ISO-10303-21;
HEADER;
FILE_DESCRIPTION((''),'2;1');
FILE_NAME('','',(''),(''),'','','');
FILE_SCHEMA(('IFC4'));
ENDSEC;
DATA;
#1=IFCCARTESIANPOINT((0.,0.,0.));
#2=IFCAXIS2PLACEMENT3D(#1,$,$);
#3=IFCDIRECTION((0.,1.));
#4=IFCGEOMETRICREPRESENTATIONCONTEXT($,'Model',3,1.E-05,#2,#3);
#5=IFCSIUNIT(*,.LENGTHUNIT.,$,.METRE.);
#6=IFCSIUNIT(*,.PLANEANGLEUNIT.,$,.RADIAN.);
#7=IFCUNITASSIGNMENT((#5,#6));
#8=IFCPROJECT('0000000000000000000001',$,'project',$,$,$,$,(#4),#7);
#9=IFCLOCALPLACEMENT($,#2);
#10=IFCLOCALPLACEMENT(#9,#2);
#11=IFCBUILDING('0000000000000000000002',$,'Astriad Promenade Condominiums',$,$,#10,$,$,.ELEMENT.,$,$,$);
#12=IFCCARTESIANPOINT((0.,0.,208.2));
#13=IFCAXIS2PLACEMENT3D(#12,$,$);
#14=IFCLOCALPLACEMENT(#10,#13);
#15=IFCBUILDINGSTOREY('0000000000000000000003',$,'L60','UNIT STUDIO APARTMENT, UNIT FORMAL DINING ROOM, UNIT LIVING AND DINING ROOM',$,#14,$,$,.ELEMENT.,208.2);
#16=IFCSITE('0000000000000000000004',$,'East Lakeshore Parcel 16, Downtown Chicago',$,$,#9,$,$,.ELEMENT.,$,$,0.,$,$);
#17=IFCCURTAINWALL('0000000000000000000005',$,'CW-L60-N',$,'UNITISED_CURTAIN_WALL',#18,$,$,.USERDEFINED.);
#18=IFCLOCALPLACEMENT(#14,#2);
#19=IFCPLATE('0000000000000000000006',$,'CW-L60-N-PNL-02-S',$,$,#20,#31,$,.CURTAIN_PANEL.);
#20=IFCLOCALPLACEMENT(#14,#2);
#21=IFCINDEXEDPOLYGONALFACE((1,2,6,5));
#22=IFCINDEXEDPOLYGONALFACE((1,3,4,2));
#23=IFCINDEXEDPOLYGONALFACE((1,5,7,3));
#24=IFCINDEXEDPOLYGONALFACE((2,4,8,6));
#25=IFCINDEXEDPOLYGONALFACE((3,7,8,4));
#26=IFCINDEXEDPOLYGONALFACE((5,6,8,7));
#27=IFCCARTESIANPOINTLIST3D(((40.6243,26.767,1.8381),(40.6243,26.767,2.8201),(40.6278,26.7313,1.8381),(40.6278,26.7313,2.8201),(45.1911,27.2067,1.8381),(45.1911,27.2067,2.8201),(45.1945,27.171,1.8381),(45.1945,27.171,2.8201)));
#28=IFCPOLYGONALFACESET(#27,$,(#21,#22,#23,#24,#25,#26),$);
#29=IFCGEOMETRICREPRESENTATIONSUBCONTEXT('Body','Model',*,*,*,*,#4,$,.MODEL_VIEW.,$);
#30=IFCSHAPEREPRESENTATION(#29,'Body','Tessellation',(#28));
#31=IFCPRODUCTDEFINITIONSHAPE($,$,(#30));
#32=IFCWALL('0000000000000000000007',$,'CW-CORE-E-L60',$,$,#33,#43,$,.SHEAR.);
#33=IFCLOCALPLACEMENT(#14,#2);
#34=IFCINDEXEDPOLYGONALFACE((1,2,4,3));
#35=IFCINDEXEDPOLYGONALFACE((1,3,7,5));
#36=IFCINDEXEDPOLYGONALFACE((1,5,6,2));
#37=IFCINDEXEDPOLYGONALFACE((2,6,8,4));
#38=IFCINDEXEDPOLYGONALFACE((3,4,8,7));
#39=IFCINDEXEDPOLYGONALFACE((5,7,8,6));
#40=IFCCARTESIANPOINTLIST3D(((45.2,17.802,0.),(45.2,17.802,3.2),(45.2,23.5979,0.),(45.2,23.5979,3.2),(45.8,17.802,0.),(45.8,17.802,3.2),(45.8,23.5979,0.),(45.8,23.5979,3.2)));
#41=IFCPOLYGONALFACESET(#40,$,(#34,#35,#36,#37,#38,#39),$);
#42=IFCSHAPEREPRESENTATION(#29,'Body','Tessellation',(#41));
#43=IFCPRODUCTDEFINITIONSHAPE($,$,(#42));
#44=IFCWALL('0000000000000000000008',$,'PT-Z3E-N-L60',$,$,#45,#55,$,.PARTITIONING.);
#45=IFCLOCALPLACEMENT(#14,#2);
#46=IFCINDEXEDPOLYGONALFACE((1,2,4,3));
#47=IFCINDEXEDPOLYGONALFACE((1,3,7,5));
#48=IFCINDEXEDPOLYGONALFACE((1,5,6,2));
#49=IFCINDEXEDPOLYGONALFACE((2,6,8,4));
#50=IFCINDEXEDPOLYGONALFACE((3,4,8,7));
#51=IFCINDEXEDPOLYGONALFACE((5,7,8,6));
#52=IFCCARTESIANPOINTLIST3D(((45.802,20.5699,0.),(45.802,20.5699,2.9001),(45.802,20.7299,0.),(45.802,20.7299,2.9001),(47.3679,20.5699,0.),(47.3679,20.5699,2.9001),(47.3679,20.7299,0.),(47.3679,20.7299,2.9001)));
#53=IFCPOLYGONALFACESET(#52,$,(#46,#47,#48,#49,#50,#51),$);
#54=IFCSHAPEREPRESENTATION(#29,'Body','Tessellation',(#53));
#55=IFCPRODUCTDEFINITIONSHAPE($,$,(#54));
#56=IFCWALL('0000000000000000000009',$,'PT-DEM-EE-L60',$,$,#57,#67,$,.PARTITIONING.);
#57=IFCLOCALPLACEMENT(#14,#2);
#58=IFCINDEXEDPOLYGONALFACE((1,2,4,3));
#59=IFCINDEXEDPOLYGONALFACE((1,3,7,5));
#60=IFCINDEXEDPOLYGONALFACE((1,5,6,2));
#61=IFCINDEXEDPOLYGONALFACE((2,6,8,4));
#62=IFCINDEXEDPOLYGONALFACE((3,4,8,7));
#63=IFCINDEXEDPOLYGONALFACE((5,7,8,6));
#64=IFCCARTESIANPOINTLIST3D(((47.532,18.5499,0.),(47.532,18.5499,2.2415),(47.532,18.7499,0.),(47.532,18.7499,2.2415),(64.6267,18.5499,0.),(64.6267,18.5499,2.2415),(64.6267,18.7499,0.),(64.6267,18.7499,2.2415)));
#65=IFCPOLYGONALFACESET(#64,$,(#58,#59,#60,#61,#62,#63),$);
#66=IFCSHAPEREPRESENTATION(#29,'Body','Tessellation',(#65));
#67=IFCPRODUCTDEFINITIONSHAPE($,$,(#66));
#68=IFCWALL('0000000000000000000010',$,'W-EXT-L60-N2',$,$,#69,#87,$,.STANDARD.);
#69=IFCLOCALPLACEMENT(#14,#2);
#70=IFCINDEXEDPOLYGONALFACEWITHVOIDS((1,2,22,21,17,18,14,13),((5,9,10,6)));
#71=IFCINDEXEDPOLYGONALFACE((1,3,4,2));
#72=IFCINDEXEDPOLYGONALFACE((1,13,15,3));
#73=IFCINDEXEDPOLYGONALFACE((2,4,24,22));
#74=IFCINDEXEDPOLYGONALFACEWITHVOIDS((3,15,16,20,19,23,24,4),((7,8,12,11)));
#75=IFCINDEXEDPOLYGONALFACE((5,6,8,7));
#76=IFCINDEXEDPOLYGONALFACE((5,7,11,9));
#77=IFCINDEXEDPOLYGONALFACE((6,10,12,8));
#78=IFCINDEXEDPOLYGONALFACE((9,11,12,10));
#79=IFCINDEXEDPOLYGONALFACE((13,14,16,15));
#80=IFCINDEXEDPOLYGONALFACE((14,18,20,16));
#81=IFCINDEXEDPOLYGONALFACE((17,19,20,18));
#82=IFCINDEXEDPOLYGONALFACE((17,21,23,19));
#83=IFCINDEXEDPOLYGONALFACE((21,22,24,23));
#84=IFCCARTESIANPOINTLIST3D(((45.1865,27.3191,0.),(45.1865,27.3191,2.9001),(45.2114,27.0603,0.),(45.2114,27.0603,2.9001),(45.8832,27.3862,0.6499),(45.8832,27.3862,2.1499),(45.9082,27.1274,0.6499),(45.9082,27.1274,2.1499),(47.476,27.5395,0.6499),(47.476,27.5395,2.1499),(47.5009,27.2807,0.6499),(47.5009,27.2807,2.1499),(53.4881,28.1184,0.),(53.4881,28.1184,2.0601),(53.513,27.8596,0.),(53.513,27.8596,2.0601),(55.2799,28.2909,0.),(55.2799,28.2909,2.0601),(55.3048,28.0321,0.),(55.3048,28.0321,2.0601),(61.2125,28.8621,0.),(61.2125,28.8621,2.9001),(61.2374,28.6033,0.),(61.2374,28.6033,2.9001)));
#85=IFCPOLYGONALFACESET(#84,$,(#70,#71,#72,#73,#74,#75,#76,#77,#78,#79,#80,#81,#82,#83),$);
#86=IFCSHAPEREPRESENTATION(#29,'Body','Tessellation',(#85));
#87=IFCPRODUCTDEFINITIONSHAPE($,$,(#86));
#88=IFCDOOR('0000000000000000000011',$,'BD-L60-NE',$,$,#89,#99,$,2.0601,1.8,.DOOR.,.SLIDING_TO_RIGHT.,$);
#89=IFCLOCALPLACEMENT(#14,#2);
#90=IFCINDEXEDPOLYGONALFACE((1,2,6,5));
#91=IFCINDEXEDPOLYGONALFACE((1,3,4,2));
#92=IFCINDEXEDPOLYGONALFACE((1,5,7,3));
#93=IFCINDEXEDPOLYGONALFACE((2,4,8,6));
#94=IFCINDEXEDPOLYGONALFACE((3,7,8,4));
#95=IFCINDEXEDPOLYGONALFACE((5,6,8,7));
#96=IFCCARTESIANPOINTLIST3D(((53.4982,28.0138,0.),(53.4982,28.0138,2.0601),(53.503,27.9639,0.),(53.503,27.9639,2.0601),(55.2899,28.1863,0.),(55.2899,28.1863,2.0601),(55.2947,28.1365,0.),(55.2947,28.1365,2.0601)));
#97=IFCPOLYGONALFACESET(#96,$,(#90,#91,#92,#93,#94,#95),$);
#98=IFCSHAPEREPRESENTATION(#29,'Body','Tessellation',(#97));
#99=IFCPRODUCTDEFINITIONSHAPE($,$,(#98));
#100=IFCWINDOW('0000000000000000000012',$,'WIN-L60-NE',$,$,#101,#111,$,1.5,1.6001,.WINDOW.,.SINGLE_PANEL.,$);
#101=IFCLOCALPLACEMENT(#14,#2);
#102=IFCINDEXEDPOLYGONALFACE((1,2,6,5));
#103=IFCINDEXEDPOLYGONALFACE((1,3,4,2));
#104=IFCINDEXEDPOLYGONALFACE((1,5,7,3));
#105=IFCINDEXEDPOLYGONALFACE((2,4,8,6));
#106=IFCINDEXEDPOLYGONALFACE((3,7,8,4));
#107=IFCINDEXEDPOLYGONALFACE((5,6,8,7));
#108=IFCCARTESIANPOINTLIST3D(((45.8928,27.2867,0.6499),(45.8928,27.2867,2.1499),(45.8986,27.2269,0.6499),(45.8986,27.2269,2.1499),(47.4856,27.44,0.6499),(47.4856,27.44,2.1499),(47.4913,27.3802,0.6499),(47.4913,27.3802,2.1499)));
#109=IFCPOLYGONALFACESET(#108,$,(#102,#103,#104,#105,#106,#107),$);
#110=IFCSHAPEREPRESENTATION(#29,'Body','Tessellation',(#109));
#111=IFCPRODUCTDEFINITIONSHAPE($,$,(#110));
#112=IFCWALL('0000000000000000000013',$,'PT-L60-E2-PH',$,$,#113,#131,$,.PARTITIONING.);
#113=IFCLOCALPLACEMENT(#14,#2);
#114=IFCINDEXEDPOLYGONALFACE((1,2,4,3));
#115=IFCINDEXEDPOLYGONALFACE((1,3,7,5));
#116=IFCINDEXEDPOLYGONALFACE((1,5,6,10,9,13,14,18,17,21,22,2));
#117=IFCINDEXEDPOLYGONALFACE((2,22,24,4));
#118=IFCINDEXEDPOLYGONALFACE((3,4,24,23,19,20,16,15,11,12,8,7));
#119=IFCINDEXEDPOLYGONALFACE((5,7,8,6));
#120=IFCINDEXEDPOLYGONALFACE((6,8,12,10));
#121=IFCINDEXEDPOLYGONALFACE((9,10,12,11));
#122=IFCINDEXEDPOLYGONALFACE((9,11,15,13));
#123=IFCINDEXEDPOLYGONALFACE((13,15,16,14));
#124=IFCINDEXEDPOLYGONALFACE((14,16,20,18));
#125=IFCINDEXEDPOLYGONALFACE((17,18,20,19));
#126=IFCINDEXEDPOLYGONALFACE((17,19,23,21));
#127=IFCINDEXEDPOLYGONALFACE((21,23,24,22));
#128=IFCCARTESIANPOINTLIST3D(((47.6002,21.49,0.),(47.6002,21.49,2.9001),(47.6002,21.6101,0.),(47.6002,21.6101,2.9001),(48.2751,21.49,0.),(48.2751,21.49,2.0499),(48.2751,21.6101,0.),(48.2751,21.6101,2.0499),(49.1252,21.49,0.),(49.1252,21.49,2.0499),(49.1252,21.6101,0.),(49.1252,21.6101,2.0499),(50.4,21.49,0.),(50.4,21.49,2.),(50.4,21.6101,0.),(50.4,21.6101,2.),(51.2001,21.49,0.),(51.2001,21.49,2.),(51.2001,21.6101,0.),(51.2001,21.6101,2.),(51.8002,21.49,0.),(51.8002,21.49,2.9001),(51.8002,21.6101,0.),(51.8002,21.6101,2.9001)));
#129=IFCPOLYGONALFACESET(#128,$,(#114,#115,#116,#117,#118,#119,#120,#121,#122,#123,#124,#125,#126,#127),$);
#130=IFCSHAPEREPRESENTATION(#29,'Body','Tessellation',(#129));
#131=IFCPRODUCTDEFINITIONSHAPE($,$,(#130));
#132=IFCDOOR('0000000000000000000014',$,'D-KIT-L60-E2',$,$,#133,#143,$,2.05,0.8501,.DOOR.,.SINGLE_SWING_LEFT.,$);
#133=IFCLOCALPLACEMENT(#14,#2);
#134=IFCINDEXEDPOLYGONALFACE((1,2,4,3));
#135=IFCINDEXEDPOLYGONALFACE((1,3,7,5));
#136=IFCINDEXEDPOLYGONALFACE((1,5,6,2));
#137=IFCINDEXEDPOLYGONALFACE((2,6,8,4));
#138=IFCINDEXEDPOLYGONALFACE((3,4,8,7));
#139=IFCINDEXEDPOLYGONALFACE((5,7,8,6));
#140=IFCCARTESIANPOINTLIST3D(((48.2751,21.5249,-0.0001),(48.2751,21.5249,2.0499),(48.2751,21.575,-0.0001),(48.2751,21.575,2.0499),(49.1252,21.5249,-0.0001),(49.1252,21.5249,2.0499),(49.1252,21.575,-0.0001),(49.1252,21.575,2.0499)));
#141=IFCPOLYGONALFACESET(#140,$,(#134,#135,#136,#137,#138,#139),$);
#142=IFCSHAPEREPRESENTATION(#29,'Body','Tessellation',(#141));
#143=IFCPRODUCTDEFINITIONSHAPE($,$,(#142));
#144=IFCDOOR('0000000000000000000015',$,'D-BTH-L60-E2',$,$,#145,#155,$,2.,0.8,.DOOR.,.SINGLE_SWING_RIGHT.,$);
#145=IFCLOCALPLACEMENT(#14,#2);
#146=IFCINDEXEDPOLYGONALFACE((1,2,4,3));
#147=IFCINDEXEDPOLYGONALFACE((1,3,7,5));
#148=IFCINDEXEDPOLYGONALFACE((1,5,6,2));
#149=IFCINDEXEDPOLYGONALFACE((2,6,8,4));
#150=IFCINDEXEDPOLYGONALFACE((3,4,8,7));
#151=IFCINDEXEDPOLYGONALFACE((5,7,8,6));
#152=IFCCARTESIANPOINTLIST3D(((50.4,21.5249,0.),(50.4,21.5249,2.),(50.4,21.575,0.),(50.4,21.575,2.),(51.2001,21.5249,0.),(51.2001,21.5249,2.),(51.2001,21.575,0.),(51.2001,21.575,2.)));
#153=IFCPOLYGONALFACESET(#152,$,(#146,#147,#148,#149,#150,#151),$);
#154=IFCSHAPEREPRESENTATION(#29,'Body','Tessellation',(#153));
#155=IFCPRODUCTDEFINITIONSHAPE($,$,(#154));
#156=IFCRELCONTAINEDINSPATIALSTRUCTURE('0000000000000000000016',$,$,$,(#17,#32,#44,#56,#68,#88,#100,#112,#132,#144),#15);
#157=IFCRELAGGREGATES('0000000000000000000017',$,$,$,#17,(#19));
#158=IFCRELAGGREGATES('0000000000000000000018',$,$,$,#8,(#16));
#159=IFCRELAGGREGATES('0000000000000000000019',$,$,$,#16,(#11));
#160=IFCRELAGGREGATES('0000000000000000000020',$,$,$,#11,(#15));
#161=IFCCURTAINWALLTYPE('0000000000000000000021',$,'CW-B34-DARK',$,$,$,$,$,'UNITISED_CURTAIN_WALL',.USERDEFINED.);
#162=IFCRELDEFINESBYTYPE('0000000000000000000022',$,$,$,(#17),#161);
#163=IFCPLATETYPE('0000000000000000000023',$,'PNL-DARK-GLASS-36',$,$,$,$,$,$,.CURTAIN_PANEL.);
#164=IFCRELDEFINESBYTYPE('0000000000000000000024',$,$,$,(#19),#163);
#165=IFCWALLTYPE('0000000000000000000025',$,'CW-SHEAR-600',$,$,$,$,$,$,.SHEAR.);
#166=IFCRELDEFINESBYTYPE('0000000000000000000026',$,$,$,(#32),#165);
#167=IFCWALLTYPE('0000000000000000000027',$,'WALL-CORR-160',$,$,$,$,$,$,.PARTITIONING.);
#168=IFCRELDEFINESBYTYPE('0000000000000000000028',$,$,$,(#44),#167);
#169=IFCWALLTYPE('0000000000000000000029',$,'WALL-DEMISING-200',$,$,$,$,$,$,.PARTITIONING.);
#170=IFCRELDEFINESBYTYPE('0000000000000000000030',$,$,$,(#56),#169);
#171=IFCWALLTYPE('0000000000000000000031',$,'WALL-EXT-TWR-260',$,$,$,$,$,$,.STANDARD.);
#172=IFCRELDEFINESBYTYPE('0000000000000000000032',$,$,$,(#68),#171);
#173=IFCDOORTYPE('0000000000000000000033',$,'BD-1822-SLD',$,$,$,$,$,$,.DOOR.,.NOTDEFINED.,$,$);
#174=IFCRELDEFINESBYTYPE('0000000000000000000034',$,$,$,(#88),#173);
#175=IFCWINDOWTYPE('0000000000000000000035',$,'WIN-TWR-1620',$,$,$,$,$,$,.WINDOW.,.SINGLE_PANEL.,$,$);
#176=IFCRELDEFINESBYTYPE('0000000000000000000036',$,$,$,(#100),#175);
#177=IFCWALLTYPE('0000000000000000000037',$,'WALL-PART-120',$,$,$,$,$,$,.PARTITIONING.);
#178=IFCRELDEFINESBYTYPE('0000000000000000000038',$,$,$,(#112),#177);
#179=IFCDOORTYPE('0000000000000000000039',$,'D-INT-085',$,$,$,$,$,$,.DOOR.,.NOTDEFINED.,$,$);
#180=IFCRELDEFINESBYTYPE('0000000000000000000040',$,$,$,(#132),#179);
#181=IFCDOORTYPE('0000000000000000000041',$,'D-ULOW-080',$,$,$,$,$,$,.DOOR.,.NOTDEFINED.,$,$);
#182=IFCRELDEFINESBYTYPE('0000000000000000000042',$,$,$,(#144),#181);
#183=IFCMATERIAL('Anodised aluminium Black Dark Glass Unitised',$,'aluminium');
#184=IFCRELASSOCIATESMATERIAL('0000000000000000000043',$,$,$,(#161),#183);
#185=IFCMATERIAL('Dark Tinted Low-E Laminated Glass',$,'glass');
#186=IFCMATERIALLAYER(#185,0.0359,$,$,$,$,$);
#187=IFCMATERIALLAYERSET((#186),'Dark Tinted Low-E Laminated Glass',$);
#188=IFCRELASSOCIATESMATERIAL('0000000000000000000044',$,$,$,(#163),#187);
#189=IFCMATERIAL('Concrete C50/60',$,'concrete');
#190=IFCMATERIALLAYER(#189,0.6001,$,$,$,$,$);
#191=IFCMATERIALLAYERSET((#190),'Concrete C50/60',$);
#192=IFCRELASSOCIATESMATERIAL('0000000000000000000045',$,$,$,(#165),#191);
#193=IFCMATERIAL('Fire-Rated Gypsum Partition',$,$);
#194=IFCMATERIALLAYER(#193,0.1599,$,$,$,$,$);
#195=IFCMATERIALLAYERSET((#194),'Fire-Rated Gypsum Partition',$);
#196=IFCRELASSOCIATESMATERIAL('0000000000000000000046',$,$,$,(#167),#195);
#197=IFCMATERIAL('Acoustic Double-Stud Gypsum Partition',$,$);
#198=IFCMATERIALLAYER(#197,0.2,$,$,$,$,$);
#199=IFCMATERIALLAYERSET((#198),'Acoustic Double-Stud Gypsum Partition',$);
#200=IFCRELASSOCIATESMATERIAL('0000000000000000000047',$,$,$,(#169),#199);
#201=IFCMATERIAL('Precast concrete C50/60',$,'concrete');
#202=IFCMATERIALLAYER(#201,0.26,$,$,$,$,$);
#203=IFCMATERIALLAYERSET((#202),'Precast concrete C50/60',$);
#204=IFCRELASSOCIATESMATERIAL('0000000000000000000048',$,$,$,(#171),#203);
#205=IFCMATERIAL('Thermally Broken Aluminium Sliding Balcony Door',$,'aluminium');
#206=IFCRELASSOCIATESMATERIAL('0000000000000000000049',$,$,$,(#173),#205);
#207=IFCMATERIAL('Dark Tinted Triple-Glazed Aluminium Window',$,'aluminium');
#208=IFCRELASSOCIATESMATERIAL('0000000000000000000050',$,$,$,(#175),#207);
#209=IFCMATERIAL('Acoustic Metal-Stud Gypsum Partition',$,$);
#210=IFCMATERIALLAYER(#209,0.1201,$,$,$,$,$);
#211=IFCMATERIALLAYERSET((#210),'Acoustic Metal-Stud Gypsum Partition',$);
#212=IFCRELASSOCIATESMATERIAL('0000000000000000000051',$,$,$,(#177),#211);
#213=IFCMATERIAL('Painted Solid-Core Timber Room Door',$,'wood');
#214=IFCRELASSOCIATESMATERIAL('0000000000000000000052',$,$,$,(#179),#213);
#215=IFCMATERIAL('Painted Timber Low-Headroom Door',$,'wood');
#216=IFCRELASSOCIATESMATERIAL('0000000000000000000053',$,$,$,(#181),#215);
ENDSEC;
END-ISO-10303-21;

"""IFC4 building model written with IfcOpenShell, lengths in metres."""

from ifc_helpers import new_model, si_unit, direction, frame, frame_2d, origin, origin_2d, place, context, subcontext, project, spatial, rectangle, extrude, source, transform, mapped, material, layer, layer_set, type_object, type_shapes, element, fill, aggregate, save


model = new_model("IFC4")

# Units and contexts
model_context = context("Model", 3, precision=1e-05, world=origin(), true_north=direction((0.0, 1.0)))
body_context = subcontext(model_context, "Body", "Model", "MODEL_VIEW")
ifc_project = project(units=[si_unit("LENGTHUNIT", "METRE"), si_unit("PLANEANGLEUNIT", "RADIAN")], contexts=[model_context])

# Site, building, storey
site_placement = place(None, origin())
site = spatial("IfcSite", under=ifc_project, at=site_placement, Name="East Lakeshore Parcel 16, Downtown Chicago", CompositionType="ELEMENT", RefElevation=0.0)
building_placement = place(site_placement, origin())
building = spatial("IfcBuilding", under=site, at=building_placement, Name="Astriad Promenade Condominiums", CompositionType="ELEMENT")
storey_placement = place(building_placement, frame((0.0, 0.0, 208.2)))
storey = spatial("IfcBuildingStorey", under=building, at=storey_placement, Name="L60", Description="UNIT STUDIO APARTMENT, UNIT FORMAL DINING ROOM, UNIT LIVING AND DINING ROOM", CompositionType="ELEMENT", Elevation=208.2)

# Curtain wall, plate
ifc_material_1 = material(Name="Anodised aluminium Black Dark Glass Unitised", Category="aluminium")
curtain_wall_type = type_object("IfcCurtainWallType", Name="CW-B34-DARK", ElementType="UNITISED_CURTAIN_WALL", PredefinedType="USERDEFINED", material=ifc_material_1)
curtain_wall_placement = place(storey_placement, origin())
curtain_wall = element("IfcCurtainWall", 1, at=curtain_wall_placement, inside=storey, type_object=curtain_wall_type, Name="CW-L60-N", ObjectType="UNITISED_CURTAIN_WALL", PredefinedType="USERDEFINED")
ifc_material_2 = material(Name="Dark Tinted Low-E Laminated Glass", Category="glass")
ifc_layer_1 = layer(ifc_material_2, 0.0359)
ifc_layer_set_1 = layer_set([ifc_layer_1], Name="Dark Tinted Low-E Laminated Glass")
plate_type = type_object("IfcPlateType", Name="PNL-DARK-GLASS-36", PredefinedType="CURTAIN_PANEL", material=ifc_layer_set_1)
shared_shape_1 = source(origin(), body_context, "Body", "SweptSolid", [
    extrude(rectangle(XDim=4.5879, YDim=0.0359, at=origin_2d()), origin(), (0.0, 0.0, 1.0), 0.9819),
])
plate_1_placement = place(storey_placement, frame((42.9094, 26.969, 1.8381), z_axis=(0.0, 0.0, 1.0), x_axis=(0.995396, 0.095846, 0.0)))
plate_1 = element("IfcPlate", 2, at=plate_1_placement, type_object=plate_type, Name="CW-L60-N-PNL-02-S", PredefinedType="CURTAIN_PANEL", context=body_context, shape_type="MappedRepresentation", body=[
    mapped(shared_shape_1, transform((0.0, 0.0, 0.0), scale=1.0)),
])
aggregate(curtain_wall, [plate_1])

# Walls
ifc_material_3 = material(Name="Concrete C50/60", Category="concrete")
ifc_layer_2 = layer(ifc_material_3, 0.6001)
ifc_layer_set_2 = layer_set([ifc_layer_2], Name="Concrete C50/60")
wall_type_1 = type_object("IfcWallType", Name="CW-SHEAR-600", PredefinedType="SHEAR", material=ifc_layer_set_2)
wall_1_placement = place(storey_placement, frame((45.5, 17.802, 0.0), z_axis=(0.0, 0.0, 1.0), x_axis=(0.0, 1.0, 0.0)))
element("IfcWall", 3, at=wall_1_placement, inside=storey, type_object=wall_type_1, Name="CW-CORE-E-L60", PredefinedType="SHEAR", context=body_context, shape_type="SweptSolid", body=[
    extrude(rectangle(XDim=5.7959, YDim=0.6001, at=frame_2d((2.8979, 0.0))), origin(), (0.0, 0.0, 1.0), 3.2),
])
ifc_material_4 = material(Name="Fire-Rated Gypsum Partition")
ifc_layer_3 = layer(ifc_material_4, 0.1599)
ifc_layer_set_3 = layer_set([ifc_layer_3], Name="Fire-Rated Gypsum Partition")
wall_type_2 = type_object("IfcWallType", Name="WALL-CORR-160", PredefinedType="PARTITIONING", material=ifc_layer_set_3)
wall_2_placement = place(storey_placement, frame((45.802, 20.6499, 0.0), z_axis=(0.0, 0.0, 1.0), x_axis=(1.0, 0.0, 0.0)))
element("IfcWall", 4, at=wall_2_placement, inside=storey, type_object=wall_type_2, Name="PT-Z3E-N-L60", PredefinedType="PARTITIONING", context=body_context, shape_type="SweptSolid", body=[
    extrude(rectangle(XDim=1.5659, YDim=0.1599, at=frame_2d((0.783, 0.0))), origin(), (0.0, 0.0, 1.0), 2.9001),
])
ifc_material_5 = material(Name="Acoustic Double-Stud Gypsum Partition")
ifc_layer_4 = layer(ifc_material_5, 0.2)
ifc_layer_set_4 = layer_set([ifc_layer_4], Name="Acoustic Double-Stud Gypsum Partition")
wall_type_3 = type_object("IfcWallType", Name="WALL-DEMISING-200", PredefinedType="PARTITIONING", material=ifc_layer_set_4)
wall_3_placement = place(storey_placement, frame((47.532, 18.6499, 0.0), z_axis=(0.0, 0.0, 1.0), x_axis=(1.0, 0.0, 0.0)))
element("IfcWall", 5, at=wall_3_placement, inside=storey, type_object=wall_type_3, Name="PT-DEM-EE-L60", PredefinedType="PARTITIONING", context=body_context, shape_type="SweptSolid", body=[
    extrude(rectangle(XDim=17.0947, YDim=0.2, at=frame_2d((8.5474, 0.0))), origin(), (0.0, 0.0, 1.0), 2.2415),
])

# Wall, openings, door, window
ifc_material_6 = material(Name="Precast concrete C50/60", Category="concrete")
ifc_layer_5 = layer(ifc_material_6, 0.26)
ifc_layer_set_5 = layer_set([ifc_layer_5], Name="Precast concrete C50/60")
wall_type_4 = type_object("IfcWallType", Name="WALL-EXT-TWR-260", PredefinedType="STANDARD", material=ifc_layer_set_5)
wall_4_placement = place(storey_placement, frame((45.199, 27.1897, 0.0), z_axis=(0.0, 0.0, 1.0), x_axis=(0.995397, 0.095837, 0.0)))
wall_4 = element("IfcWall", 6, at=wall_4_placement, inside=storey, type_object=wall_type_4, Name="W-EXT-L60-N2", PredefinedType="STANDARD", context=body_context, shape_type="SweptSolid", body=[
    extrude(rectangle(XDim=16.1001, YDim=0.26, at=frame_2d((8.05, 0.0))), origin(), (0.0, 0.0, 1.0), 2.9001),
])
opening_1_placement = place(wall_4_placement, frame((8.3401, 0.0, 0.0)))
opening_1 = element("IfcOpeningElement", 7, at=opening_1_placement, cuts=wall_4, PredefinedType="OPENING", context=body_context, shape_type="SweptSolid", body=[
    extrude(rectangle(XDim=1.8, YDim=2.0601, at=frame_2d((0.8999, 1.03))), frame((0.0, 0.1399, 0.0), z_axis=(0.0, -1.0, 0.0), x_axis=(1.0, 0.0, 0.0)), (0.0, 0.0, 1.0), 0.28),
])
opening_2_placement = place(wall_4_placement, frame((0.7, 0.0, 0.6499)))
opening_2 = element("IfcOpeningElement", 8, at=opening_2_placement, cuts=wall_4, PredefinedType="OPENING", context=body_context, shape_type="SweptSolid", body=[
    extrude(rectangle(XDim=1.6001, YDim=1.5, at=frame_2d((0.8, 0.75))), frame((0.0, 0.1399, 0.0), z_axis=(0.0, -1.0, 0.0), x_axis=(1.0, 0.0, 0.0)), (0.0, 0.0, 1.0), 0.28),
])
ifc_material_7 = material(Name="Thermally Broken Aluminium Sliding Balcony Door", Category="aluminium")
door_type_1 = type_object("IfcDoorType", Name="BD-1822-SLD", OperationType="NOTDEFINED", PredefinedType="DOOR", material=ifc_material_7)
shared_shape_2 = source(origin(), body_context, "Body", "SweptSolid", [
    extrude(rectangle(XDim=1.8, YDim=2.0601, at=frame_2d((0.8999, 1.03))), frame((0.0, 0.0249, 0.0), z_axis=(0.0, -1.0, 0.0), x_axis=(1.0, 0.0, 0.0)), (0.0, 0.0, 1.0), 0.05),
])
type_shapes(door_type_1, [shared_shape_2])
door_1_placement = place(opening_1_placement, origin())
door_1 = element("IfcDoor", 9, at=door_1_placement, inside=storey, type_object=door_type_1, Name="BD-L60-NE", OperationType="SLIDING_TO_RIGHT", OverallHeight=2.0601, OverallWidth=1.8, PredefinedType="DOOR", context=body_context, shape_type="MappedRepresentation", body=[
    mapped(shared_shape_2, transform((0.0, 0.0, 0.0), scale=1.0)),
])
fill(opening_1, door_1)
ifc_material_8 = material(Name="Dark Tinted Triple-Glazed Aluminium Window", Category="aluminium")
window_type = type_object("IfcWindowType", Name="WIN-TWR-1620", PartitioningType="SINGLE_PANEL", PredefinedType="WINDOW", material=ifc_material_8)
shared_shape_3 = source(origin(), body_context, "Body", "SweptSolid", [
    extrude(rectangle(XDim=1.6001, YDim=1.5, at=frame_2d((0.8, 0.75))), frame((0.0, 0.03, 0.0), z_axis=(0.0, -1.0, 0.0), x_axis=(1.0, 0.0, 0.0)), (0.0, 0.0, 1.0), 0.0601),
])
type_shapes(window_type, [shared_shape_3])
window_placement = place(opening_2_placement, origin())
window = element("IfcWindow", 10, at=window_placement, inside=storey, type_object=window_type, Name="WIN-L60-NE", OverallHeight=1.5, OverallWidth=1.6001, PartitioningType="SINGLE_PANEL", PredefinedType="WINDOW", context=body_context, shape_type="MappedRepresentation", body=[
    mapped(shared_shape_3, transform((0.0, 0.0, 0.0), scale=1.0)),
])
fill(opening_2, window)

# Wall, openings, doors
ifc_material_9 = material(Name="Acoustic Metal-Stud Gypsum Partition")
ifc_layer_6 = layer(ifc_material_9, 0.1201)
ifc_layer_set_6 = layer_set([ifc_layer_6], Name="Acoustic Metal-Stud Gypsum Partition")
wall_type_5 = type_object("IfcWallType", Name="WALL-PART-120", PredefinedType="PARTITIONING", material=ifc_layer_set_6)
wall_5_placement = place(storey_placement, frame((47.6001, 21.55, 0.0), z_axis=(0.0, 0.0, 1.0), x_axis=(1.0, 0.0, 0.0)))
wall_5 = element("IfcWall", 11, at=wall_5_placement, inside=storey, type_object=wall_type_5, Name="PT-L60-E2-PH", PredefinedType="PARTITIONING", context=body_context, shape_type="SweptSolid", body=[
    extrude(rectangle(XDim=4.2, YDim=0.1201, at=frame_2d((2.1001, 0.0))), origin(), (0.0, 0.0, 1.0), 2.9001),
])
opening_3_placement = place(wall_5_placement, frame((0.675, 0.0, 0.0)))
opening_3 = element("IfcOpeningElement", 12, at=opening_3_placement, cuts=wall_5, PredefinedType="OPENING", context=body_context, shape_type="SweptSolid", body=[
    extrude(rectangle(XDim=0.8501, YDim=2.05, at=frame_2d((0.425, 1.0249))), frame((0.0, 0.0701, 0.0), z_axis=(0.0, -1.0, 0.0), x_axis=(1.0, 0.0, 0.0)), (0.0, 0.0, 1.0), 0.1401),
])
opening_4_placement = place(wall_5_placement, frame((2.8, 0.0, 0.0)))
opening_4 = element("IfcOpeningElement", 13, at=opening_4_placement, cuts=wall_5, PredefinedType="OPENING", context=body_context, shape_type="SweptSolid", body=[
    extrude(rectangle(XDim=0.8, YDim=2.0, at=frame_2d((0.3999, 1.0))), frame((0.0, 0.0701, 0.0), z_axis=(0.0, -1.0, 0.0), x_axis=(1.0, 0.0, 0.0)), (0.0, 0.0, 1.0), 0.1401),
])
ifc_material_10 = material(Name="Painted Solid-Core Timber Room Door", Category="wood")
door_type_2 = type_object("IfcDoorType", Name="D-INT-085", OperationType="NOTDEFINED", PredefinedType="DOOR", material=ifc_material_10)
shared_shape_4 = source(origin(), body_context, "Body", "SweptSolid", [
    extrude(rectangle(XDim=0.8501, YDim=2.05, at=frame_2d((0.425, 1.0249))), frame((0.0, 0.0249, 0.0), z_axis=(0.0, -1.0, 0.0), x_axis=(1.0, 0.0, 0.0)), (0.0, 0.0, 1.0), 0.05),
])
type_shapes(door_type_2, [shared_shape_4])
door_2_placement = place(opening_3_placement, origin())
door_2 = element("IfcDoor", 14, at=door_2_placement, inside=storey, type_object=door_type_2, Name="D-KIT-L60-E2", OperationType="SINGLE_SWING_LEFT", OverallHeight=2.05, OverallWidth=0.8501, PredefinedType="DOOR", context=body_context, shape_type="MappedRepresentation", body=[
    mapped(shared_shape_4, transform((0.0, 0.0, 0.0), scale=1.0)),
])
fill(opening_3, door_2)
ifc_material_11 = material(Name="Painted Timber Low-Headroom Door", Category="wood")
door_type_3 = type_object("IfcDoorType", Name="D-ULOW-080", OperationType="NOTDEFINED", PredefinedType="DOOR", material=ifc_material_11)
shared_shape_5 = source(origin(), body_context, "Body", "SweptSolid", [
    extrude(rectangle(XDim=0.8, YDim=2.0, at=frame_2d((0.3999, 1.0))), frame((0.0, 0.0249, 0.0), z_axis=(0.0, -1.0, 0.0), x_axis=(1.0, 0.0, 0.0)), (0.0, 0.0, 1.0), 0.05),
])
type_shapes(door_type_3, [shared_shape_5])
door_3_placement = place(opening_4_placement, origin())
door_3 = element("IfcDoor", 15, at=door_3_placement, inside=storey, type_object=door_type_3, Name="D-BTH-L60-E2", OperationType="SINGLE_SWING_RIGHT", OverallHeight=2.0, OverallWidth=0.8, PredefinedType="DOOR", context=body_context, shape_type="MappedRepresentation", body=[
    mapped(shared_shape_5, transform((0.0, 0.0, 0.0), scale=1.0)),
])
fill(opening_4, door_3)

save(model, "model.ifc")
